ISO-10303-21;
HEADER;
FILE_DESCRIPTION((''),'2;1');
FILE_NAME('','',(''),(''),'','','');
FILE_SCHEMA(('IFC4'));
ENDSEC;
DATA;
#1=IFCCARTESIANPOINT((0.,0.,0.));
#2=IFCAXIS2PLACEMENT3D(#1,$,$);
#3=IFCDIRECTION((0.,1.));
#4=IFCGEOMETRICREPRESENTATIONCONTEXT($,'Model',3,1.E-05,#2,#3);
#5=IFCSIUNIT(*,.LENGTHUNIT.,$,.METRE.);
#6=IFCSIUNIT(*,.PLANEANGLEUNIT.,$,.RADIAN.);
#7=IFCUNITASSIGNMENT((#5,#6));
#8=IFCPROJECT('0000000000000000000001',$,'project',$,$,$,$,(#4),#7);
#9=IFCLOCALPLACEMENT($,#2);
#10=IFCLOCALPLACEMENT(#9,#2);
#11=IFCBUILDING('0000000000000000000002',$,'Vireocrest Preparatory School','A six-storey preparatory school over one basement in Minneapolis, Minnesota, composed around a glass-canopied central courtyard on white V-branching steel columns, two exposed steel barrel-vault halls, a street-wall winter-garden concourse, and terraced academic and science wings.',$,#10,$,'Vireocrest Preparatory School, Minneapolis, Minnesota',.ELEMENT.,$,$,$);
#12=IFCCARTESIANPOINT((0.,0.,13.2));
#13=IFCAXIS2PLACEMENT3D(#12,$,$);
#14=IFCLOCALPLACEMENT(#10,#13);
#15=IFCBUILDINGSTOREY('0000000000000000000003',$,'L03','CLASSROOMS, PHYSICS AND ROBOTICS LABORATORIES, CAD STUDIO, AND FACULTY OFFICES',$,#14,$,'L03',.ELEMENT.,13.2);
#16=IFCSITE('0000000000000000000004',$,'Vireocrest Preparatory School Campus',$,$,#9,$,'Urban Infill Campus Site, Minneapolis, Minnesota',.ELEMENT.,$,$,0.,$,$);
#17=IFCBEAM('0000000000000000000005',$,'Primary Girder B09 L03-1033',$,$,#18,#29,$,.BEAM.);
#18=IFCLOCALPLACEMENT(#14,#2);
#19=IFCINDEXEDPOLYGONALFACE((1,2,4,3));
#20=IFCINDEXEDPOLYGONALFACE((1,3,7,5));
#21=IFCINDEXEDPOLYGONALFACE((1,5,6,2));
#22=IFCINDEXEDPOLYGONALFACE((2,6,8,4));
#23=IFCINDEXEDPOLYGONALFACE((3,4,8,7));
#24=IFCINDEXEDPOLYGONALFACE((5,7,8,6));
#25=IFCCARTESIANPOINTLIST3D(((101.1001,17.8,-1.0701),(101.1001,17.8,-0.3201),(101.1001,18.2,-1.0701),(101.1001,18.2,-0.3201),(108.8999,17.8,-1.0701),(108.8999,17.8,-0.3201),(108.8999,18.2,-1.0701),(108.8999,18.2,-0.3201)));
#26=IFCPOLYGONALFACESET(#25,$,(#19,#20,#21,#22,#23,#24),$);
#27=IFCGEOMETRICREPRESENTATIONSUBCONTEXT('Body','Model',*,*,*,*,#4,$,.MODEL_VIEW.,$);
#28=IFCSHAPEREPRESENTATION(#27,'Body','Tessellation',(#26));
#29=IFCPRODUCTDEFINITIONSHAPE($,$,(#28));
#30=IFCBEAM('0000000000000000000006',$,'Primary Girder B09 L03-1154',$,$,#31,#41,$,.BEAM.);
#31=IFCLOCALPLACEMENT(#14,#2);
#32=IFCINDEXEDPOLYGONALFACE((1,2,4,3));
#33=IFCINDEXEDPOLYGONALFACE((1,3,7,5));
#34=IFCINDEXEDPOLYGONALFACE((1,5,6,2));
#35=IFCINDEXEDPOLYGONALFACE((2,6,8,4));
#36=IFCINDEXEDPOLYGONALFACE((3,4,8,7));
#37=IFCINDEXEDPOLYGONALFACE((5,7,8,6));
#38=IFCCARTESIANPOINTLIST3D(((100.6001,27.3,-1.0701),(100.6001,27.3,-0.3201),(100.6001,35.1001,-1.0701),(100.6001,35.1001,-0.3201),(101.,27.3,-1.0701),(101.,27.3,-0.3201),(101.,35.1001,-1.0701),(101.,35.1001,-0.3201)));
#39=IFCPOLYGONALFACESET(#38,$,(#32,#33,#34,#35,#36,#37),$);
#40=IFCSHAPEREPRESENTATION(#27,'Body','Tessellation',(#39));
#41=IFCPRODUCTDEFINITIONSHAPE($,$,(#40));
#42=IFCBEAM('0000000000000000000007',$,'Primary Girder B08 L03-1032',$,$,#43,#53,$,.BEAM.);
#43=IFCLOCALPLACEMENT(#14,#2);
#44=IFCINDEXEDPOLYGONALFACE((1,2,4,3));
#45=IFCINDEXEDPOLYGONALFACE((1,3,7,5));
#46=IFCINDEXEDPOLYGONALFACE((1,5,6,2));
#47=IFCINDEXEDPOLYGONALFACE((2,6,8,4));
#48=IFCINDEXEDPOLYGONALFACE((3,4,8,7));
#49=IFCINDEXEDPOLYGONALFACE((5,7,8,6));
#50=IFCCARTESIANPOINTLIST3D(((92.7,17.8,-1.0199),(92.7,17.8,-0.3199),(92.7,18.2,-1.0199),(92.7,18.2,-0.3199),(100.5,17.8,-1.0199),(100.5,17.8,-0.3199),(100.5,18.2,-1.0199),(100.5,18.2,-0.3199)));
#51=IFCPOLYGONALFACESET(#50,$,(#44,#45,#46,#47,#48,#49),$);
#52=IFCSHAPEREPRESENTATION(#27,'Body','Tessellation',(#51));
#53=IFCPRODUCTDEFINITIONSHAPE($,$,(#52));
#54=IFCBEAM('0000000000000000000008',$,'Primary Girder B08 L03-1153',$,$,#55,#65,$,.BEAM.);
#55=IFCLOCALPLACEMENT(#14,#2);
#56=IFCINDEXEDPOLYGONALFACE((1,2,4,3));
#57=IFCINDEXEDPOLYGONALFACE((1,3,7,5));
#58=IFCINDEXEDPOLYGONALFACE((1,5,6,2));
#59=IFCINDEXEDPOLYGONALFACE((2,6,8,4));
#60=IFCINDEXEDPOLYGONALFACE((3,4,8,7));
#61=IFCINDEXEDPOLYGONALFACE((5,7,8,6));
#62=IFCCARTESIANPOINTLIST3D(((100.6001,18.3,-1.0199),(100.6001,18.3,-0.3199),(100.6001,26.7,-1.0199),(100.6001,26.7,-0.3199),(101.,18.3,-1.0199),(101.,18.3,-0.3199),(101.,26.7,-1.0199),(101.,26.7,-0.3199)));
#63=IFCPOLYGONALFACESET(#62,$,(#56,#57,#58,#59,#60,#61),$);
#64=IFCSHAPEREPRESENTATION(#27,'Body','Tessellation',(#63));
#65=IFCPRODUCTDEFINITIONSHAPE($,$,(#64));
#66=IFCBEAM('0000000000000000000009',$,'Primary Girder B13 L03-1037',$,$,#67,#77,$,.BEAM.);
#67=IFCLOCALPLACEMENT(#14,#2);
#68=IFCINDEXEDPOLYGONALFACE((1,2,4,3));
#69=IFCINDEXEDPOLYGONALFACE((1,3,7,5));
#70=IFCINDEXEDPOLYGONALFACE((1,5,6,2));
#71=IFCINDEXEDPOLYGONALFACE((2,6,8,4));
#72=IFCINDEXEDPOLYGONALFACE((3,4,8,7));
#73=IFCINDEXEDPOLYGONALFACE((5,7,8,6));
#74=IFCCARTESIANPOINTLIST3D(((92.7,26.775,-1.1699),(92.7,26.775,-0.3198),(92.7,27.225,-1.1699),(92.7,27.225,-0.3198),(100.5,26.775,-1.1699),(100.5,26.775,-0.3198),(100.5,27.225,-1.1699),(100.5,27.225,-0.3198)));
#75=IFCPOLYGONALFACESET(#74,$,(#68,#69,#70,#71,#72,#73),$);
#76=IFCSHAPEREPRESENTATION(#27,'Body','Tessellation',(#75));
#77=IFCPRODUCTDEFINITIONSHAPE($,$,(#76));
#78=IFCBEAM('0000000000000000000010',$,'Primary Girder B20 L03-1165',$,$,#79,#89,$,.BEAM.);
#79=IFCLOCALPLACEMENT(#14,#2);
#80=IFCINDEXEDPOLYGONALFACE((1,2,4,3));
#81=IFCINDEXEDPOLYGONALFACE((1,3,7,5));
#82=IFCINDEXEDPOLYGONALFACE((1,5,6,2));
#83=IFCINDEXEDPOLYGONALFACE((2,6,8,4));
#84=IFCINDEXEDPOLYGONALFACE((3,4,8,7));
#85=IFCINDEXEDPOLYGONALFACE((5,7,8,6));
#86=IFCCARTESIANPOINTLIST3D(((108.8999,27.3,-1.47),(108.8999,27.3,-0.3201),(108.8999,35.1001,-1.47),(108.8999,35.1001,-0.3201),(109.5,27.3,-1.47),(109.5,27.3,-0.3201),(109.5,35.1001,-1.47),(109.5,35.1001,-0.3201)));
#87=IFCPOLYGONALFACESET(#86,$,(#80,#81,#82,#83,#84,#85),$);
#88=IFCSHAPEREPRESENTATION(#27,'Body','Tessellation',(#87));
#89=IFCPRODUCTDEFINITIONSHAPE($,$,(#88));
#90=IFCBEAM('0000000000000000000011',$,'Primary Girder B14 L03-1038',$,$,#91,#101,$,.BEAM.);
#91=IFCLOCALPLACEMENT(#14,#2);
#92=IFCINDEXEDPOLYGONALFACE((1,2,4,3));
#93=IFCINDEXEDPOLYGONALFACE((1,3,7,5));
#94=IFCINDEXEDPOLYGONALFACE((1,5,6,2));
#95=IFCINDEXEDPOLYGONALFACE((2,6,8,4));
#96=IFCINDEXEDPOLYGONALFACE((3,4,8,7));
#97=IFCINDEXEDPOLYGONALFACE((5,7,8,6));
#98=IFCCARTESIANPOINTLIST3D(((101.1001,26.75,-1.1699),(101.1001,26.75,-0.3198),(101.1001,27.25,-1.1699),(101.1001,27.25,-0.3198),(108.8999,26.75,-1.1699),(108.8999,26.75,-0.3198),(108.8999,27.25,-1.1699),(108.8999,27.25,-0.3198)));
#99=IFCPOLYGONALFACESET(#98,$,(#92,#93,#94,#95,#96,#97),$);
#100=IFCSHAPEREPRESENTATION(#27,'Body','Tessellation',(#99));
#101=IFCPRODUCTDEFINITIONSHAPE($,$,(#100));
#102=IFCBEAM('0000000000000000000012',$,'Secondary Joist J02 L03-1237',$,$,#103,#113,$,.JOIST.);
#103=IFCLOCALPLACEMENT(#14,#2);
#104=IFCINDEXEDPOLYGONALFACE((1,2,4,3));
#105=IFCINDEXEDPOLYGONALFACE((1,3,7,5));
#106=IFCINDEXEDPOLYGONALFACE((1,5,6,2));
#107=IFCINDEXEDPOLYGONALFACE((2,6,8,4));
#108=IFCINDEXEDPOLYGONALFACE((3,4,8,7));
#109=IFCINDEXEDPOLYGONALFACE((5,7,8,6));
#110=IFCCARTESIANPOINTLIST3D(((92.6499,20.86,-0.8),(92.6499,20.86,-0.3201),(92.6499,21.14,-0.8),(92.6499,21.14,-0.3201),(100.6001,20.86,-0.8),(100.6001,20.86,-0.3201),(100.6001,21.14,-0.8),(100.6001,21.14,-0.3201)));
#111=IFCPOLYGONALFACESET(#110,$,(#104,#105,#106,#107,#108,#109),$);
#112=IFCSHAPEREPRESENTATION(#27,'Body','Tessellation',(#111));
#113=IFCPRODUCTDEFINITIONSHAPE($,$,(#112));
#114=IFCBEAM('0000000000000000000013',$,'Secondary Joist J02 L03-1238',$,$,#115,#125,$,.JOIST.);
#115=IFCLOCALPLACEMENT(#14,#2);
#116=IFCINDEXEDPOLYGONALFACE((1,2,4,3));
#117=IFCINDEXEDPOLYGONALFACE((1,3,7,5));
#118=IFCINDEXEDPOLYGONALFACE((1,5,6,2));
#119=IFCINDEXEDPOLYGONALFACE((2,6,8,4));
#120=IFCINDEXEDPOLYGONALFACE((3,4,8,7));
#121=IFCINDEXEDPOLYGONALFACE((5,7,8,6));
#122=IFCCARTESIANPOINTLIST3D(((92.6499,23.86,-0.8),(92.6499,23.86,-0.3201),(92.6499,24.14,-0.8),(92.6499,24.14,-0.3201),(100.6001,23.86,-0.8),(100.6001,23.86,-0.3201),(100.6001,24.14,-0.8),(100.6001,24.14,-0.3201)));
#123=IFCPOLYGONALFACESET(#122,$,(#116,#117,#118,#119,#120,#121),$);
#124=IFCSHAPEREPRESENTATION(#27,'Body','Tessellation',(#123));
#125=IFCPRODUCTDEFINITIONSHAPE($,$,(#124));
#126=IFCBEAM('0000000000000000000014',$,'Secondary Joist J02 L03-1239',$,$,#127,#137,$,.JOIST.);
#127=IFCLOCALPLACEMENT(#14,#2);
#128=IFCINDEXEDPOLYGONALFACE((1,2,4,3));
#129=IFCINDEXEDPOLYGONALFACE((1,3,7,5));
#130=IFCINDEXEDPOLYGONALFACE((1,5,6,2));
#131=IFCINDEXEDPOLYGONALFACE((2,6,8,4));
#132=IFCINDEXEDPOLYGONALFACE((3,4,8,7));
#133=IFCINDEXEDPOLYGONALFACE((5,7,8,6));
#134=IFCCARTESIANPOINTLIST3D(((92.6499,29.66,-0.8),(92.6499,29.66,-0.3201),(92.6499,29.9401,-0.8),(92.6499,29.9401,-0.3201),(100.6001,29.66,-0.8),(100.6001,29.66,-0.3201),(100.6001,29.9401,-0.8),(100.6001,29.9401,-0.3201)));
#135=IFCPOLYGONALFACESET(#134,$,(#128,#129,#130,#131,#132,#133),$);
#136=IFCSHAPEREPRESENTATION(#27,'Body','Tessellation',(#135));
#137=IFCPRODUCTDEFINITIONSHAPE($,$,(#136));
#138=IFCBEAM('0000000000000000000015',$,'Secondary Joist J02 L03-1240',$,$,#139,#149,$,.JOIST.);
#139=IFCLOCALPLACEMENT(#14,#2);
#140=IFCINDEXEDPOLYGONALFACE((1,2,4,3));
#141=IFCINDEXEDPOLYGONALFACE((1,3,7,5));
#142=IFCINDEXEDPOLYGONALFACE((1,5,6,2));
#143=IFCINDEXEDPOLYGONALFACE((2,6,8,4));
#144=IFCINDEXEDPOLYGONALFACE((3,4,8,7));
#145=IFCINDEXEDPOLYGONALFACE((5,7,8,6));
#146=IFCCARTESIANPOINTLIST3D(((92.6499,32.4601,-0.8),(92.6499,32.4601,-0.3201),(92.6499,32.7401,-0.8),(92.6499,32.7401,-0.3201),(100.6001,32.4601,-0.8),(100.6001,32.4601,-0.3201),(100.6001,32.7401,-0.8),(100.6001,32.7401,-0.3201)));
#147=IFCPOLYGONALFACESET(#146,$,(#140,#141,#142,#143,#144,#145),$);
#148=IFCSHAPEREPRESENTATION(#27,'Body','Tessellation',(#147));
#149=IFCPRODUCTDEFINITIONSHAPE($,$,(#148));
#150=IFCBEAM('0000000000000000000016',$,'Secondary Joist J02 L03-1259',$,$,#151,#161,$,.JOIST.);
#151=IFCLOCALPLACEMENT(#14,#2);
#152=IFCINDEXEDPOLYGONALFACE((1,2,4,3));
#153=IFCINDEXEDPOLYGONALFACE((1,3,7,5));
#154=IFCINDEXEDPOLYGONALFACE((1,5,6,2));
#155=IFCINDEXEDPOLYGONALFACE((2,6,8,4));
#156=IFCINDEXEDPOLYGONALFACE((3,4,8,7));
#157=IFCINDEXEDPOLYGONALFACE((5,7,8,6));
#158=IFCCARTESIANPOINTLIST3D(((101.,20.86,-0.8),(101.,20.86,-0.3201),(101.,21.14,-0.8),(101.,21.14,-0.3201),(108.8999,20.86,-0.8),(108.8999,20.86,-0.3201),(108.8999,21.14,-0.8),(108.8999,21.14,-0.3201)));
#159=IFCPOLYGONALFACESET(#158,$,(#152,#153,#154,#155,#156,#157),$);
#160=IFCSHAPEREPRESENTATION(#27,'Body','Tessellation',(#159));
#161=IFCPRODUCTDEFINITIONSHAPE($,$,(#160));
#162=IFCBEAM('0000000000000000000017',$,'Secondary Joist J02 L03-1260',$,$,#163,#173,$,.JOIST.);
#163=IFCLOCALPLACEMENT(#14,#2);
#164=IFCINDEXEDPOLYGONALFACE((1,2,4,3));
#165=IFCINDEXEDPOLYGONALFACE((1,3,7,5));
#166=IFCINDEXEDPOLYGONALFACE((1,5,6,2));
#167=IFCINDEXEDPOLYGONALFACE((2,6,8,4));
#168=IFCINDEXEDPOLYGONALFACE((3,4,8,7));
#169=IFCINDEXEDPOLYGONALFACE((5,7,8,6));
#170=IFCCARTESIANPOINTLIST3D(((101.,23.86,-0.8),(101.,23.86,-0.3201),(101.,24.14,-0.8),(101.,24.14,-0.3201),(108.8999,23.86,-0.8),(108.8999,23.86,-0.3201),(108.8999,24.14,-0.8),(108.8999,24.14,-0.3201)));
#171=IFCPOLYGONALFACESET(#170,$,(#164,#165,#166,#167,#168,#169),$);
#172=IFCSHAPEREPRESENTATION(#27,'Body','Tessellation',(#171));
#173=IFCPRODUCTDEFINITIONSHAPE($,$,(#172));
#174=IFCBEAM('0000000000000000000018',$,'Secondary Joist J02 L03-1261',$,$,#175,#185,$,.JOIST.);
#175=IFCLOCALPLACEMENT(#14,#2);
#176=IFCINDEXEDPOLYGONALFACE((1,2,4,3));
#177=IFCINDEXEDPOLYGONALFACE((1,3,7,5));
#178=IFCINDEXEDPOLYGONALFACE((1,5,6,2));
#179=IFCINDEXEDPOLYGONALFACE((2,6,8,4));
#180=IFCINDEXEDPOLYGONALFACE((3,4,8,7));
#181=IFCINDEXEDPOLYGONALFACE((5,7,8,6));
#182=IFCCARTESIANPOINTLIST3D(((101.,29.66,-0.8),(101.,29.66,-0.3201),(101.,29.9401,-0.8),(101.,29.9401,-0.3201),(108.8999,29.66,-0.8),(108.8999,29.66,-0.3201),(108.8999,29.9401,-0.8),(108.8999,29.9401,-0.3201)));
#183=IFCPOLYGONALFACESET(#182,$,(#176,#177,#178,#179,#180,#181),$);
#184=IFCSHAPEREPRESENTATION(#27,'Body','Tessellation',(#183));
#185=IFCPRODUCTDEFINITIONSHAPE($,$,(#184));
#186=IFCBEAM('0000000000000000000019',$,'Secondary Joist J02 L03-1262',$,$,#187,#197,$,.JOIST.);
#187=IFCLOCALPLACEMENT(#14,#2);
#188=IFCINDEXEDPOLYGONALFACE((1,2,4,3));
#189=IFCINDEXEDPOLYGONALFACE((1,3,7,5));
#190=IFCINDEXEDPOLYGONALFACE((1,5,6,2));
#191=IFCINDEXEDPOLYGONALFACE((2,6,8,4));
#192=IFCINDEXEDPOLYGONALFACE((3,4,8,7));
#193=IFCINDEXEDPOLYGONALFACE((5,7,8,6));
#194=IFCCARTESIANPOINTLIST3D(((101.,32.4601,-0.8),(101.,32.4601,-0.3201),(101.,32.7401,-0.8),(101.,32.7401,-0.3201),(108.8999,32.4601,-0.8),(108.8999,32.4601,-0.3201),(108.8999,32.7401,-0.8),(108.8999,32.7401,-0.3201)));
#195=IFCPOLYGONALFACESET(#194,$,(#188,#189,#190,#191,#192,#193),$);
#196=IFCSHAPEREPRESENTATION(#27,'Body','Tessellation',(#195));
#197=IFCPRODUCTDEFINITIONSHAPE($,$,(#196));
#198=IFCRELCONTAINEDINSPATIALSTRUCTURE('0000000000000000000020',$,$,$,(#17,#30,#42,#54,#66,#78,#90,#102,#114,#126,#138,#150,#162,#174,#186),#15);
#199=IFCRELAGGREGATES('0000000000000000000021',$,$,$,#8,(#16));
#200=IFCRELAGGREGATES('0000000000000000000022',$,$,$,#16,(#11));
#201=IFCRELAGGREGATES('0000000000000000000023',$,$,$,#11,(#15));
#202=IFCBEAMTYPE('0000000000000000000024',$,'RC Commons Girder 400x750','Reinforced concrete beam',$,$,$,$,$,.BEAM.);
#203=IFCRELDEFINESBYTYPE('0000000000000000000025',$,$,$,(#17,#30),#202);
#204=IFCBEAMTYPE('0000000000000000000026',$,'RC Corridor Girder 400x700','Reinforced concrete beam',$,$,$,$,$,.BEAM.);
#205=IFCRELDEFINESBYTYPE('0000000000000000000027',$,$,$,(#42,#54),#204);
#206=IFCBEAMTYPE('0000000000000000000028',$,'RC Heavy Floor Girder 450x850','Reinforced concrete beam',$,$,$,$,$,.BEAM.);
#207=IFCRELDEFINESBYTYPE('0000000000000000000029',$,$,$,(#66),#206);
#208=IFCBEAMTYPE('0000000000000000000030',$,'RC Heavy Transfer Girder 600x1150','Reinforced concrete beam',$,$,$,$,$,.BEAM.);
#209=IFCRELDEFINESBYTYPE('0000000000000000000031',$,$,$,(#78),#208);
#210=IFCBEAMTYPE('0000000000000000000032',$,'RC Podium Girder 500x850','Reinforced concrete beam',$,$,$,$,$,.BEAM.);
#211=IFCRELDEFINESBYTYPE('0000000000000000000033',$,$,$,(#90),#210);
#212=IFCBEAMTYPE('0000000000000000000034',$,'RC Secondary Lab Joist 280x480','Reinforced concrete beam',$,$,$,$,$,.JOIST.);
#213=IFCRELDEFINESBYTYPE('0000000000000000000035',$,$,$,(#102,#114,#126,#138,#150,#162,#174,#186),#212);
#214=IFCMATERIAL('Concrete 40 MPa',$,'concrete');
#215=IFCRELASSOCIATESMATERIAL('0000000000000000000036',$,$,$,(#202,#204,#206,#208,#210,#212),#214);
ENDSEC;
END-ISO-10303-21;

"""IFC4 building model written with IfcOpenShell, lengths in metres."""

from ifc_helpers import new_model, si_unit, direction, frame, origin, origin_2d, place, context, subcontext, project, spatial, rectangle, extrude, material, material_profile, profile_set, type_object, element, save


model = new_model("IFC4")

# Units and contexts
model_context = context("Model", 3, precision=1e-05, world=origin(), true_north=direction((0.0, 1.0)))
body_context = subcontext(model_context, "Body", "Model", "MODEL_VIEW")
ifc_project = project(units=[si_unit("LENGTHUNIT", "METRE"), si_unit("PLANEANGLEUNIT", "RADIAN")], contexts=[model_context])

# Site, building, storey
site_placement = place(None, origin())
site = spatial("IfcSite", under=ifc_project, at=site_placement, Name="Vireocrest Preparatory School Campus", LongName="Urban Infill Campus Site, Minneapolis, Minnesota", CompositionType="ELEMENT", RefElevation=0.0)
building_placement = place(site_placement, origin())
building = spatial("IfcBuilding", under=site, at=building_placement, Name="Vireocrest Preparatory School", Description="A six-storey preparatory school over one basement in Minneapolis, Minnesota, composed around a glass-canopied central courtyard on white V-branching steel columns, two exposed steel barrel-vault halls, a street-wall winter-garden concourse, and terraced academic and science wings.", LongName="Vireocrest Preparatory School, Minneapolis, Minnesota", CompositionType="ELEMENT")
storey_placement = place(building_placement, frame((0.0, 0.0, 13.2)))
storey = spatial("IfcBuildingStorey", under=building, at=storey_placement, Name="L03", Description="CLASSROOMS, PHYSICS AND ROBOTICS LABORATORIES, CAD STUDIO, AND FACULTY OFFICES", LongName="L03", CompositionType="ELEMENT", Elevation=13.2)

# Beams
ifc_material_1 = material(Name="Concrete 40 MPa", Category="concrete")
ifc_material_profile_1 = material_profile(ifc_material_1, rectangle(XDim=0.3999, YDim=0.75, at=origin_2d()), Name="RC 400x750")
ifc_profile_set_1 = profile_set([ifc_material_profile_1], Name="Concrete 40 MPa")
beam_type_1 = type_object("IfcBeamType", Name="RC Commons Girder 400x750", Description="Reinforced concrete beam", PredefinedType="BEAM", material=ifc_profile_set_1)
beam_1_placement = place(storey_placement, frame((101.1001, 18.0, -0.6951), z_axis=(1.0, 0.0, 0.0), x_axis=(0.0, 1.0, 0.0)))
element("IfcBeam", 1, at=beam_1_placement, inside=storey, type_object=beam_type_1, Name="Primary Girder B09 L03-1033", PredefinedType="BEAM", context=body_context, shape_type="SweptSolid", body=[
    extrude(rectangle(XDim=0.3999, YDim=0.75, at=origin_2d()), origin(), (0.0, 0.0, 1.0), 7.7998),
])
beam_2_placement = place(storey_placement, frame((100.8, 27.3, -0.6951), z_axis=(0.0, 1.0, 0.0), x_axis=(-1.0, 0.0, 0.0)))
element("IfcBeam", 2, at=beam_2_placement, inside=storey, type_object=beam_type_1, Name="Primary Girder B09 L03-1154", PredefinedType="BEAM", context=body_context, shape_type="SweptSolid", body=[
    extrude(rectangle(XDim=0.3999, YDim=0.75, at=origin_2d()), origin(), (0.0, 0.0, 1.0), 7.8),
])
ifc_material_profile_2 = material_profile(ifc_material_1, rectangle(XDim=0.3999, YDim=0.7, at=origin_2d()), Name="RC 400x700")
ifc_profile_set_2 = profile_set([ifc_material_profile_2], Name="Concrete 40 MPa")
beam_type_2 = type_object("IfcBeamType", Name="RC Corridor Girder 400x700", Description="Reinforced concrete beam", PredefinedType="BEAM", material=ifc_profile_set_2)
beam_3_placement = place(storey_placement, frame((92.7, 18.0, -0.6699), z_axis=(1.0, 0.0, 0.0), x_axis=(0.0, 1.0, 0.0)))
element("IfcBeam", 3, at=beam_3_placement, inside=storey, type_object=beam_type_2, Name="Primary Girder B08 L03-1032", PredefinedType="BEAM", context=body_context, shape_type="SweptSolid", body=[
    extrude(rectangle(XDim=0.3999, YDim=0.7, at=origin_2d()), origin(), (0.0, 0.0, 1.0), 7.8),
])
beam_4_placement = place(storey_placement, frame((100.8, 18.3, -0.6699), z_axis=(0.0, 1.0, 0.0), x_axis=(-1.0, 0.0, 0.0)))
element("IfcBeam", 4, at=beam_4_placement, inside=storey, type_object=beam_type_2, Name="Primary Girder B08 L03-1153", PredefinedType="BEAM", context=body_context, shape_type="SweptSolid", body=[
    extrude(rectangle(XDim=0.3999, YDim=0.7, at=origin_2d()), origin(), (0.0, 0.0, 1.0), 8.3999),
])
ifc_material_profile_3 = material_profile(ifc_material_1, rectangle(XDim=0.45, YDim=0.8501, at=origin_2d()), Name="RC 450x850")
ifc_profile_set_3 = profile_set([ifc_material_profile_3], Name="Concrete 40 MPa")
beam_type_3 = type_object("IfcBeamType", Name="RC Heavy Floor Girder 450x850", Description="Reinforced concrete beam", PredefinedType="BEAM", material=ifc_profile_set_3)
beam_5_placement = place(storey_placement, frame((92.7, 27.0, -0.7449), z_axis=(1.0, 0.0, 0.0), x_axis=(0.0, 1.0, 0.0)))
element("IfcBeam", 5, at=beam_5_placement, inside=storey, type_object=beam_type_3, Name="Primary Girder B13 L03-1037", PredefinedType="BEAM", context=body_context, shape_type="SweptSolid", body=[
    extrude(rectangle(XDim=0.45, YDim=0.8501, at=origin_2d()), origin(), (0.0, 0.0, 1.0), 7.8),
])
ifc_material_profile_4 = material_profile(ifc_material_1, rectangle(XDim=0.6001, YDim=1.1499, at=origin_2d()), Name="RC 600x1150")
ifc_profile_set_4 = profile_set([ifc_material_profile_4], Name="Concrete 40 MPa")
beam_type_4 = type_object("IfcBeamType", Name="RC Heavy Transfer Girder 600x1150", Description="Reinforced concrete beam", PredefinedType="BEAM", material=ifc_profile_set_4)
beam_6_placement = place(storey_placement, frame((109.2, 27.3, -0.895), z_axis=(0.0, 1.0, 0.0), x_axis=(-1.0, 0.0, 0.0)))
element("IfcBeam", 6, at=beam_6_placement, inside=storey, type_object=beam_type_4, Name="Primary Girder B20 L03-1165", PredefinedType="BEAM", context=body_context, shape_type="SweptSolid", body=[
    extrude(rectangle(XDim=0.6001, YDim=1.1499, at=origin_2d()), origin(), (0.0, 0.0, 1.0), 7.8),
])
ifc_material_profile_5 = material_profile(ifc_material_1, rectangle(XDim=0.5, YDim=0.8501, at=origin_2d()), Name="RC 500x850")
ifc_profile_set_5 = profile_set([ifc_material_profile_5], Name="Concrete 40 MPa")
beam_type_5 = type_object("IfcBeamType", Name="RC Podium Girder 500x850", Description="Reinforced concrete beam", PredefinedType="BEAM", material=ifc_profile_set_5)
beam_7_placement = place(storey_placement, frame((101.1001, 27.0, -0.7449), z_axis=(1.0, 0.0, 0.0), x_axis=(0.0, 1.0, 0.0)))
element("IfcBeam", 7, at=beam_7_placement, inside=storey, type_object=beam_type_5, Name="Primary Girder B14 L03-1038", PredefinedType="BEAM", context=body_context, shape_type="SweptSolid", body=[
    extrude(rectangle(XDim=0.5, YDim=0.8501, at=origin_2d()), origin(), (0.0, 0.0, 1.0), 7.7998),
])
ifc_material_profile_6 = material_profile(ifc_material_1, rectangle(XDim=0.28, YDim=0.48, at=origin_2d()), Name="RC 280x480")
ifc_profile_set_6 = profile_set([ifc_material_profile_6], Name="Concrete 40 MPa")
beam_type_6 = type_object("IfcBeamType", Name="RC Secondary Lab Joist 280x480", Description="Reinforced concrete beam", PredefinedType="JOIST", material=ifc_profile_set_6)
for number, where, z_axis, x_axis, name in (
    (8, (92.6499, 21.0, -0.5601), (1.0, 0.0, 0.0), (0.0, 1.0, 0.0), "Secondary Joist J02 L03-1237"),
    (9, (92.6499, 24.0, -0.5601), (1.0, 0.0, 0.0), (0.0, 1.0, 0.0), "Secondary Joist J02 L03-1238"),
    (10, (92.6499, 29.8, -0.5601), (1.0, 0.0, 0.0), (0.0, 1.0, 0.0), "Secondary Joist J02 L03-1239"),
    (11, (92.6499, 32.6001, -0.5601), (1.0, 0.0, 0.0), (0.0, 1.0, 0.0), "Secondary Joist J02 L03-1240"),
):
    element("IfcBeam", number, at=place(storey_placement, frame(where, z_axis=z_axis, x_axis=x_axis)), inside=storey, type_object=beam_type_6, Name=name, PredefinedType="JOIST", context=body_context, shape_type="SweptSolid", body=[
        extrude(rectangle(XDim=0.28, YDim=0.48, at=origin_2d()), origin(), (0.0, 0.0, 1.0), 7.9502),
    ])
for number, where, z_axis, x_axis, name in (
    (12, (101.0, 21.0, -0.5601), (1.0, 0.0, 0.0), (0.0, 1.0, 0.0), "Secondary Joist J02 L03-1259"),
    (13, (101.0, 24.0, -0.5601), (1.0, 0.0, 0.0), (0.0, 1.0, 0.0), "Secondary Joist J02 L03-1260"),
    (14, (101.0, 29.8, -0.5601), (1.0, 0.0, 0.0), (0.0, 1.0, 0.0), "Secondary Joist J02 L03-1261"),
    (15, (101.0, 32.6001, -0.5601), (1.0, 0.0, 0.0), (0.0, 1.0, 0.0), "Secondary Joist J02 L03-1262"),
):
    element("IfcBeam", number, at=place(storey_placement, frame(where, z_axis=z_axis, x_axis=x_axis)), inside=storey, type_object=beam_type_6, Name=name, PredefinedType="JOIST", context=body_context, shape_type="SweptSolid", body=[
        extrude(rectangle(XDim=0.28, YDim=0.48, at=origin_2d()), origin(), (0.0, 0.0, 1.0), 7.8999),
    ])

save(model, "model.ifc")
